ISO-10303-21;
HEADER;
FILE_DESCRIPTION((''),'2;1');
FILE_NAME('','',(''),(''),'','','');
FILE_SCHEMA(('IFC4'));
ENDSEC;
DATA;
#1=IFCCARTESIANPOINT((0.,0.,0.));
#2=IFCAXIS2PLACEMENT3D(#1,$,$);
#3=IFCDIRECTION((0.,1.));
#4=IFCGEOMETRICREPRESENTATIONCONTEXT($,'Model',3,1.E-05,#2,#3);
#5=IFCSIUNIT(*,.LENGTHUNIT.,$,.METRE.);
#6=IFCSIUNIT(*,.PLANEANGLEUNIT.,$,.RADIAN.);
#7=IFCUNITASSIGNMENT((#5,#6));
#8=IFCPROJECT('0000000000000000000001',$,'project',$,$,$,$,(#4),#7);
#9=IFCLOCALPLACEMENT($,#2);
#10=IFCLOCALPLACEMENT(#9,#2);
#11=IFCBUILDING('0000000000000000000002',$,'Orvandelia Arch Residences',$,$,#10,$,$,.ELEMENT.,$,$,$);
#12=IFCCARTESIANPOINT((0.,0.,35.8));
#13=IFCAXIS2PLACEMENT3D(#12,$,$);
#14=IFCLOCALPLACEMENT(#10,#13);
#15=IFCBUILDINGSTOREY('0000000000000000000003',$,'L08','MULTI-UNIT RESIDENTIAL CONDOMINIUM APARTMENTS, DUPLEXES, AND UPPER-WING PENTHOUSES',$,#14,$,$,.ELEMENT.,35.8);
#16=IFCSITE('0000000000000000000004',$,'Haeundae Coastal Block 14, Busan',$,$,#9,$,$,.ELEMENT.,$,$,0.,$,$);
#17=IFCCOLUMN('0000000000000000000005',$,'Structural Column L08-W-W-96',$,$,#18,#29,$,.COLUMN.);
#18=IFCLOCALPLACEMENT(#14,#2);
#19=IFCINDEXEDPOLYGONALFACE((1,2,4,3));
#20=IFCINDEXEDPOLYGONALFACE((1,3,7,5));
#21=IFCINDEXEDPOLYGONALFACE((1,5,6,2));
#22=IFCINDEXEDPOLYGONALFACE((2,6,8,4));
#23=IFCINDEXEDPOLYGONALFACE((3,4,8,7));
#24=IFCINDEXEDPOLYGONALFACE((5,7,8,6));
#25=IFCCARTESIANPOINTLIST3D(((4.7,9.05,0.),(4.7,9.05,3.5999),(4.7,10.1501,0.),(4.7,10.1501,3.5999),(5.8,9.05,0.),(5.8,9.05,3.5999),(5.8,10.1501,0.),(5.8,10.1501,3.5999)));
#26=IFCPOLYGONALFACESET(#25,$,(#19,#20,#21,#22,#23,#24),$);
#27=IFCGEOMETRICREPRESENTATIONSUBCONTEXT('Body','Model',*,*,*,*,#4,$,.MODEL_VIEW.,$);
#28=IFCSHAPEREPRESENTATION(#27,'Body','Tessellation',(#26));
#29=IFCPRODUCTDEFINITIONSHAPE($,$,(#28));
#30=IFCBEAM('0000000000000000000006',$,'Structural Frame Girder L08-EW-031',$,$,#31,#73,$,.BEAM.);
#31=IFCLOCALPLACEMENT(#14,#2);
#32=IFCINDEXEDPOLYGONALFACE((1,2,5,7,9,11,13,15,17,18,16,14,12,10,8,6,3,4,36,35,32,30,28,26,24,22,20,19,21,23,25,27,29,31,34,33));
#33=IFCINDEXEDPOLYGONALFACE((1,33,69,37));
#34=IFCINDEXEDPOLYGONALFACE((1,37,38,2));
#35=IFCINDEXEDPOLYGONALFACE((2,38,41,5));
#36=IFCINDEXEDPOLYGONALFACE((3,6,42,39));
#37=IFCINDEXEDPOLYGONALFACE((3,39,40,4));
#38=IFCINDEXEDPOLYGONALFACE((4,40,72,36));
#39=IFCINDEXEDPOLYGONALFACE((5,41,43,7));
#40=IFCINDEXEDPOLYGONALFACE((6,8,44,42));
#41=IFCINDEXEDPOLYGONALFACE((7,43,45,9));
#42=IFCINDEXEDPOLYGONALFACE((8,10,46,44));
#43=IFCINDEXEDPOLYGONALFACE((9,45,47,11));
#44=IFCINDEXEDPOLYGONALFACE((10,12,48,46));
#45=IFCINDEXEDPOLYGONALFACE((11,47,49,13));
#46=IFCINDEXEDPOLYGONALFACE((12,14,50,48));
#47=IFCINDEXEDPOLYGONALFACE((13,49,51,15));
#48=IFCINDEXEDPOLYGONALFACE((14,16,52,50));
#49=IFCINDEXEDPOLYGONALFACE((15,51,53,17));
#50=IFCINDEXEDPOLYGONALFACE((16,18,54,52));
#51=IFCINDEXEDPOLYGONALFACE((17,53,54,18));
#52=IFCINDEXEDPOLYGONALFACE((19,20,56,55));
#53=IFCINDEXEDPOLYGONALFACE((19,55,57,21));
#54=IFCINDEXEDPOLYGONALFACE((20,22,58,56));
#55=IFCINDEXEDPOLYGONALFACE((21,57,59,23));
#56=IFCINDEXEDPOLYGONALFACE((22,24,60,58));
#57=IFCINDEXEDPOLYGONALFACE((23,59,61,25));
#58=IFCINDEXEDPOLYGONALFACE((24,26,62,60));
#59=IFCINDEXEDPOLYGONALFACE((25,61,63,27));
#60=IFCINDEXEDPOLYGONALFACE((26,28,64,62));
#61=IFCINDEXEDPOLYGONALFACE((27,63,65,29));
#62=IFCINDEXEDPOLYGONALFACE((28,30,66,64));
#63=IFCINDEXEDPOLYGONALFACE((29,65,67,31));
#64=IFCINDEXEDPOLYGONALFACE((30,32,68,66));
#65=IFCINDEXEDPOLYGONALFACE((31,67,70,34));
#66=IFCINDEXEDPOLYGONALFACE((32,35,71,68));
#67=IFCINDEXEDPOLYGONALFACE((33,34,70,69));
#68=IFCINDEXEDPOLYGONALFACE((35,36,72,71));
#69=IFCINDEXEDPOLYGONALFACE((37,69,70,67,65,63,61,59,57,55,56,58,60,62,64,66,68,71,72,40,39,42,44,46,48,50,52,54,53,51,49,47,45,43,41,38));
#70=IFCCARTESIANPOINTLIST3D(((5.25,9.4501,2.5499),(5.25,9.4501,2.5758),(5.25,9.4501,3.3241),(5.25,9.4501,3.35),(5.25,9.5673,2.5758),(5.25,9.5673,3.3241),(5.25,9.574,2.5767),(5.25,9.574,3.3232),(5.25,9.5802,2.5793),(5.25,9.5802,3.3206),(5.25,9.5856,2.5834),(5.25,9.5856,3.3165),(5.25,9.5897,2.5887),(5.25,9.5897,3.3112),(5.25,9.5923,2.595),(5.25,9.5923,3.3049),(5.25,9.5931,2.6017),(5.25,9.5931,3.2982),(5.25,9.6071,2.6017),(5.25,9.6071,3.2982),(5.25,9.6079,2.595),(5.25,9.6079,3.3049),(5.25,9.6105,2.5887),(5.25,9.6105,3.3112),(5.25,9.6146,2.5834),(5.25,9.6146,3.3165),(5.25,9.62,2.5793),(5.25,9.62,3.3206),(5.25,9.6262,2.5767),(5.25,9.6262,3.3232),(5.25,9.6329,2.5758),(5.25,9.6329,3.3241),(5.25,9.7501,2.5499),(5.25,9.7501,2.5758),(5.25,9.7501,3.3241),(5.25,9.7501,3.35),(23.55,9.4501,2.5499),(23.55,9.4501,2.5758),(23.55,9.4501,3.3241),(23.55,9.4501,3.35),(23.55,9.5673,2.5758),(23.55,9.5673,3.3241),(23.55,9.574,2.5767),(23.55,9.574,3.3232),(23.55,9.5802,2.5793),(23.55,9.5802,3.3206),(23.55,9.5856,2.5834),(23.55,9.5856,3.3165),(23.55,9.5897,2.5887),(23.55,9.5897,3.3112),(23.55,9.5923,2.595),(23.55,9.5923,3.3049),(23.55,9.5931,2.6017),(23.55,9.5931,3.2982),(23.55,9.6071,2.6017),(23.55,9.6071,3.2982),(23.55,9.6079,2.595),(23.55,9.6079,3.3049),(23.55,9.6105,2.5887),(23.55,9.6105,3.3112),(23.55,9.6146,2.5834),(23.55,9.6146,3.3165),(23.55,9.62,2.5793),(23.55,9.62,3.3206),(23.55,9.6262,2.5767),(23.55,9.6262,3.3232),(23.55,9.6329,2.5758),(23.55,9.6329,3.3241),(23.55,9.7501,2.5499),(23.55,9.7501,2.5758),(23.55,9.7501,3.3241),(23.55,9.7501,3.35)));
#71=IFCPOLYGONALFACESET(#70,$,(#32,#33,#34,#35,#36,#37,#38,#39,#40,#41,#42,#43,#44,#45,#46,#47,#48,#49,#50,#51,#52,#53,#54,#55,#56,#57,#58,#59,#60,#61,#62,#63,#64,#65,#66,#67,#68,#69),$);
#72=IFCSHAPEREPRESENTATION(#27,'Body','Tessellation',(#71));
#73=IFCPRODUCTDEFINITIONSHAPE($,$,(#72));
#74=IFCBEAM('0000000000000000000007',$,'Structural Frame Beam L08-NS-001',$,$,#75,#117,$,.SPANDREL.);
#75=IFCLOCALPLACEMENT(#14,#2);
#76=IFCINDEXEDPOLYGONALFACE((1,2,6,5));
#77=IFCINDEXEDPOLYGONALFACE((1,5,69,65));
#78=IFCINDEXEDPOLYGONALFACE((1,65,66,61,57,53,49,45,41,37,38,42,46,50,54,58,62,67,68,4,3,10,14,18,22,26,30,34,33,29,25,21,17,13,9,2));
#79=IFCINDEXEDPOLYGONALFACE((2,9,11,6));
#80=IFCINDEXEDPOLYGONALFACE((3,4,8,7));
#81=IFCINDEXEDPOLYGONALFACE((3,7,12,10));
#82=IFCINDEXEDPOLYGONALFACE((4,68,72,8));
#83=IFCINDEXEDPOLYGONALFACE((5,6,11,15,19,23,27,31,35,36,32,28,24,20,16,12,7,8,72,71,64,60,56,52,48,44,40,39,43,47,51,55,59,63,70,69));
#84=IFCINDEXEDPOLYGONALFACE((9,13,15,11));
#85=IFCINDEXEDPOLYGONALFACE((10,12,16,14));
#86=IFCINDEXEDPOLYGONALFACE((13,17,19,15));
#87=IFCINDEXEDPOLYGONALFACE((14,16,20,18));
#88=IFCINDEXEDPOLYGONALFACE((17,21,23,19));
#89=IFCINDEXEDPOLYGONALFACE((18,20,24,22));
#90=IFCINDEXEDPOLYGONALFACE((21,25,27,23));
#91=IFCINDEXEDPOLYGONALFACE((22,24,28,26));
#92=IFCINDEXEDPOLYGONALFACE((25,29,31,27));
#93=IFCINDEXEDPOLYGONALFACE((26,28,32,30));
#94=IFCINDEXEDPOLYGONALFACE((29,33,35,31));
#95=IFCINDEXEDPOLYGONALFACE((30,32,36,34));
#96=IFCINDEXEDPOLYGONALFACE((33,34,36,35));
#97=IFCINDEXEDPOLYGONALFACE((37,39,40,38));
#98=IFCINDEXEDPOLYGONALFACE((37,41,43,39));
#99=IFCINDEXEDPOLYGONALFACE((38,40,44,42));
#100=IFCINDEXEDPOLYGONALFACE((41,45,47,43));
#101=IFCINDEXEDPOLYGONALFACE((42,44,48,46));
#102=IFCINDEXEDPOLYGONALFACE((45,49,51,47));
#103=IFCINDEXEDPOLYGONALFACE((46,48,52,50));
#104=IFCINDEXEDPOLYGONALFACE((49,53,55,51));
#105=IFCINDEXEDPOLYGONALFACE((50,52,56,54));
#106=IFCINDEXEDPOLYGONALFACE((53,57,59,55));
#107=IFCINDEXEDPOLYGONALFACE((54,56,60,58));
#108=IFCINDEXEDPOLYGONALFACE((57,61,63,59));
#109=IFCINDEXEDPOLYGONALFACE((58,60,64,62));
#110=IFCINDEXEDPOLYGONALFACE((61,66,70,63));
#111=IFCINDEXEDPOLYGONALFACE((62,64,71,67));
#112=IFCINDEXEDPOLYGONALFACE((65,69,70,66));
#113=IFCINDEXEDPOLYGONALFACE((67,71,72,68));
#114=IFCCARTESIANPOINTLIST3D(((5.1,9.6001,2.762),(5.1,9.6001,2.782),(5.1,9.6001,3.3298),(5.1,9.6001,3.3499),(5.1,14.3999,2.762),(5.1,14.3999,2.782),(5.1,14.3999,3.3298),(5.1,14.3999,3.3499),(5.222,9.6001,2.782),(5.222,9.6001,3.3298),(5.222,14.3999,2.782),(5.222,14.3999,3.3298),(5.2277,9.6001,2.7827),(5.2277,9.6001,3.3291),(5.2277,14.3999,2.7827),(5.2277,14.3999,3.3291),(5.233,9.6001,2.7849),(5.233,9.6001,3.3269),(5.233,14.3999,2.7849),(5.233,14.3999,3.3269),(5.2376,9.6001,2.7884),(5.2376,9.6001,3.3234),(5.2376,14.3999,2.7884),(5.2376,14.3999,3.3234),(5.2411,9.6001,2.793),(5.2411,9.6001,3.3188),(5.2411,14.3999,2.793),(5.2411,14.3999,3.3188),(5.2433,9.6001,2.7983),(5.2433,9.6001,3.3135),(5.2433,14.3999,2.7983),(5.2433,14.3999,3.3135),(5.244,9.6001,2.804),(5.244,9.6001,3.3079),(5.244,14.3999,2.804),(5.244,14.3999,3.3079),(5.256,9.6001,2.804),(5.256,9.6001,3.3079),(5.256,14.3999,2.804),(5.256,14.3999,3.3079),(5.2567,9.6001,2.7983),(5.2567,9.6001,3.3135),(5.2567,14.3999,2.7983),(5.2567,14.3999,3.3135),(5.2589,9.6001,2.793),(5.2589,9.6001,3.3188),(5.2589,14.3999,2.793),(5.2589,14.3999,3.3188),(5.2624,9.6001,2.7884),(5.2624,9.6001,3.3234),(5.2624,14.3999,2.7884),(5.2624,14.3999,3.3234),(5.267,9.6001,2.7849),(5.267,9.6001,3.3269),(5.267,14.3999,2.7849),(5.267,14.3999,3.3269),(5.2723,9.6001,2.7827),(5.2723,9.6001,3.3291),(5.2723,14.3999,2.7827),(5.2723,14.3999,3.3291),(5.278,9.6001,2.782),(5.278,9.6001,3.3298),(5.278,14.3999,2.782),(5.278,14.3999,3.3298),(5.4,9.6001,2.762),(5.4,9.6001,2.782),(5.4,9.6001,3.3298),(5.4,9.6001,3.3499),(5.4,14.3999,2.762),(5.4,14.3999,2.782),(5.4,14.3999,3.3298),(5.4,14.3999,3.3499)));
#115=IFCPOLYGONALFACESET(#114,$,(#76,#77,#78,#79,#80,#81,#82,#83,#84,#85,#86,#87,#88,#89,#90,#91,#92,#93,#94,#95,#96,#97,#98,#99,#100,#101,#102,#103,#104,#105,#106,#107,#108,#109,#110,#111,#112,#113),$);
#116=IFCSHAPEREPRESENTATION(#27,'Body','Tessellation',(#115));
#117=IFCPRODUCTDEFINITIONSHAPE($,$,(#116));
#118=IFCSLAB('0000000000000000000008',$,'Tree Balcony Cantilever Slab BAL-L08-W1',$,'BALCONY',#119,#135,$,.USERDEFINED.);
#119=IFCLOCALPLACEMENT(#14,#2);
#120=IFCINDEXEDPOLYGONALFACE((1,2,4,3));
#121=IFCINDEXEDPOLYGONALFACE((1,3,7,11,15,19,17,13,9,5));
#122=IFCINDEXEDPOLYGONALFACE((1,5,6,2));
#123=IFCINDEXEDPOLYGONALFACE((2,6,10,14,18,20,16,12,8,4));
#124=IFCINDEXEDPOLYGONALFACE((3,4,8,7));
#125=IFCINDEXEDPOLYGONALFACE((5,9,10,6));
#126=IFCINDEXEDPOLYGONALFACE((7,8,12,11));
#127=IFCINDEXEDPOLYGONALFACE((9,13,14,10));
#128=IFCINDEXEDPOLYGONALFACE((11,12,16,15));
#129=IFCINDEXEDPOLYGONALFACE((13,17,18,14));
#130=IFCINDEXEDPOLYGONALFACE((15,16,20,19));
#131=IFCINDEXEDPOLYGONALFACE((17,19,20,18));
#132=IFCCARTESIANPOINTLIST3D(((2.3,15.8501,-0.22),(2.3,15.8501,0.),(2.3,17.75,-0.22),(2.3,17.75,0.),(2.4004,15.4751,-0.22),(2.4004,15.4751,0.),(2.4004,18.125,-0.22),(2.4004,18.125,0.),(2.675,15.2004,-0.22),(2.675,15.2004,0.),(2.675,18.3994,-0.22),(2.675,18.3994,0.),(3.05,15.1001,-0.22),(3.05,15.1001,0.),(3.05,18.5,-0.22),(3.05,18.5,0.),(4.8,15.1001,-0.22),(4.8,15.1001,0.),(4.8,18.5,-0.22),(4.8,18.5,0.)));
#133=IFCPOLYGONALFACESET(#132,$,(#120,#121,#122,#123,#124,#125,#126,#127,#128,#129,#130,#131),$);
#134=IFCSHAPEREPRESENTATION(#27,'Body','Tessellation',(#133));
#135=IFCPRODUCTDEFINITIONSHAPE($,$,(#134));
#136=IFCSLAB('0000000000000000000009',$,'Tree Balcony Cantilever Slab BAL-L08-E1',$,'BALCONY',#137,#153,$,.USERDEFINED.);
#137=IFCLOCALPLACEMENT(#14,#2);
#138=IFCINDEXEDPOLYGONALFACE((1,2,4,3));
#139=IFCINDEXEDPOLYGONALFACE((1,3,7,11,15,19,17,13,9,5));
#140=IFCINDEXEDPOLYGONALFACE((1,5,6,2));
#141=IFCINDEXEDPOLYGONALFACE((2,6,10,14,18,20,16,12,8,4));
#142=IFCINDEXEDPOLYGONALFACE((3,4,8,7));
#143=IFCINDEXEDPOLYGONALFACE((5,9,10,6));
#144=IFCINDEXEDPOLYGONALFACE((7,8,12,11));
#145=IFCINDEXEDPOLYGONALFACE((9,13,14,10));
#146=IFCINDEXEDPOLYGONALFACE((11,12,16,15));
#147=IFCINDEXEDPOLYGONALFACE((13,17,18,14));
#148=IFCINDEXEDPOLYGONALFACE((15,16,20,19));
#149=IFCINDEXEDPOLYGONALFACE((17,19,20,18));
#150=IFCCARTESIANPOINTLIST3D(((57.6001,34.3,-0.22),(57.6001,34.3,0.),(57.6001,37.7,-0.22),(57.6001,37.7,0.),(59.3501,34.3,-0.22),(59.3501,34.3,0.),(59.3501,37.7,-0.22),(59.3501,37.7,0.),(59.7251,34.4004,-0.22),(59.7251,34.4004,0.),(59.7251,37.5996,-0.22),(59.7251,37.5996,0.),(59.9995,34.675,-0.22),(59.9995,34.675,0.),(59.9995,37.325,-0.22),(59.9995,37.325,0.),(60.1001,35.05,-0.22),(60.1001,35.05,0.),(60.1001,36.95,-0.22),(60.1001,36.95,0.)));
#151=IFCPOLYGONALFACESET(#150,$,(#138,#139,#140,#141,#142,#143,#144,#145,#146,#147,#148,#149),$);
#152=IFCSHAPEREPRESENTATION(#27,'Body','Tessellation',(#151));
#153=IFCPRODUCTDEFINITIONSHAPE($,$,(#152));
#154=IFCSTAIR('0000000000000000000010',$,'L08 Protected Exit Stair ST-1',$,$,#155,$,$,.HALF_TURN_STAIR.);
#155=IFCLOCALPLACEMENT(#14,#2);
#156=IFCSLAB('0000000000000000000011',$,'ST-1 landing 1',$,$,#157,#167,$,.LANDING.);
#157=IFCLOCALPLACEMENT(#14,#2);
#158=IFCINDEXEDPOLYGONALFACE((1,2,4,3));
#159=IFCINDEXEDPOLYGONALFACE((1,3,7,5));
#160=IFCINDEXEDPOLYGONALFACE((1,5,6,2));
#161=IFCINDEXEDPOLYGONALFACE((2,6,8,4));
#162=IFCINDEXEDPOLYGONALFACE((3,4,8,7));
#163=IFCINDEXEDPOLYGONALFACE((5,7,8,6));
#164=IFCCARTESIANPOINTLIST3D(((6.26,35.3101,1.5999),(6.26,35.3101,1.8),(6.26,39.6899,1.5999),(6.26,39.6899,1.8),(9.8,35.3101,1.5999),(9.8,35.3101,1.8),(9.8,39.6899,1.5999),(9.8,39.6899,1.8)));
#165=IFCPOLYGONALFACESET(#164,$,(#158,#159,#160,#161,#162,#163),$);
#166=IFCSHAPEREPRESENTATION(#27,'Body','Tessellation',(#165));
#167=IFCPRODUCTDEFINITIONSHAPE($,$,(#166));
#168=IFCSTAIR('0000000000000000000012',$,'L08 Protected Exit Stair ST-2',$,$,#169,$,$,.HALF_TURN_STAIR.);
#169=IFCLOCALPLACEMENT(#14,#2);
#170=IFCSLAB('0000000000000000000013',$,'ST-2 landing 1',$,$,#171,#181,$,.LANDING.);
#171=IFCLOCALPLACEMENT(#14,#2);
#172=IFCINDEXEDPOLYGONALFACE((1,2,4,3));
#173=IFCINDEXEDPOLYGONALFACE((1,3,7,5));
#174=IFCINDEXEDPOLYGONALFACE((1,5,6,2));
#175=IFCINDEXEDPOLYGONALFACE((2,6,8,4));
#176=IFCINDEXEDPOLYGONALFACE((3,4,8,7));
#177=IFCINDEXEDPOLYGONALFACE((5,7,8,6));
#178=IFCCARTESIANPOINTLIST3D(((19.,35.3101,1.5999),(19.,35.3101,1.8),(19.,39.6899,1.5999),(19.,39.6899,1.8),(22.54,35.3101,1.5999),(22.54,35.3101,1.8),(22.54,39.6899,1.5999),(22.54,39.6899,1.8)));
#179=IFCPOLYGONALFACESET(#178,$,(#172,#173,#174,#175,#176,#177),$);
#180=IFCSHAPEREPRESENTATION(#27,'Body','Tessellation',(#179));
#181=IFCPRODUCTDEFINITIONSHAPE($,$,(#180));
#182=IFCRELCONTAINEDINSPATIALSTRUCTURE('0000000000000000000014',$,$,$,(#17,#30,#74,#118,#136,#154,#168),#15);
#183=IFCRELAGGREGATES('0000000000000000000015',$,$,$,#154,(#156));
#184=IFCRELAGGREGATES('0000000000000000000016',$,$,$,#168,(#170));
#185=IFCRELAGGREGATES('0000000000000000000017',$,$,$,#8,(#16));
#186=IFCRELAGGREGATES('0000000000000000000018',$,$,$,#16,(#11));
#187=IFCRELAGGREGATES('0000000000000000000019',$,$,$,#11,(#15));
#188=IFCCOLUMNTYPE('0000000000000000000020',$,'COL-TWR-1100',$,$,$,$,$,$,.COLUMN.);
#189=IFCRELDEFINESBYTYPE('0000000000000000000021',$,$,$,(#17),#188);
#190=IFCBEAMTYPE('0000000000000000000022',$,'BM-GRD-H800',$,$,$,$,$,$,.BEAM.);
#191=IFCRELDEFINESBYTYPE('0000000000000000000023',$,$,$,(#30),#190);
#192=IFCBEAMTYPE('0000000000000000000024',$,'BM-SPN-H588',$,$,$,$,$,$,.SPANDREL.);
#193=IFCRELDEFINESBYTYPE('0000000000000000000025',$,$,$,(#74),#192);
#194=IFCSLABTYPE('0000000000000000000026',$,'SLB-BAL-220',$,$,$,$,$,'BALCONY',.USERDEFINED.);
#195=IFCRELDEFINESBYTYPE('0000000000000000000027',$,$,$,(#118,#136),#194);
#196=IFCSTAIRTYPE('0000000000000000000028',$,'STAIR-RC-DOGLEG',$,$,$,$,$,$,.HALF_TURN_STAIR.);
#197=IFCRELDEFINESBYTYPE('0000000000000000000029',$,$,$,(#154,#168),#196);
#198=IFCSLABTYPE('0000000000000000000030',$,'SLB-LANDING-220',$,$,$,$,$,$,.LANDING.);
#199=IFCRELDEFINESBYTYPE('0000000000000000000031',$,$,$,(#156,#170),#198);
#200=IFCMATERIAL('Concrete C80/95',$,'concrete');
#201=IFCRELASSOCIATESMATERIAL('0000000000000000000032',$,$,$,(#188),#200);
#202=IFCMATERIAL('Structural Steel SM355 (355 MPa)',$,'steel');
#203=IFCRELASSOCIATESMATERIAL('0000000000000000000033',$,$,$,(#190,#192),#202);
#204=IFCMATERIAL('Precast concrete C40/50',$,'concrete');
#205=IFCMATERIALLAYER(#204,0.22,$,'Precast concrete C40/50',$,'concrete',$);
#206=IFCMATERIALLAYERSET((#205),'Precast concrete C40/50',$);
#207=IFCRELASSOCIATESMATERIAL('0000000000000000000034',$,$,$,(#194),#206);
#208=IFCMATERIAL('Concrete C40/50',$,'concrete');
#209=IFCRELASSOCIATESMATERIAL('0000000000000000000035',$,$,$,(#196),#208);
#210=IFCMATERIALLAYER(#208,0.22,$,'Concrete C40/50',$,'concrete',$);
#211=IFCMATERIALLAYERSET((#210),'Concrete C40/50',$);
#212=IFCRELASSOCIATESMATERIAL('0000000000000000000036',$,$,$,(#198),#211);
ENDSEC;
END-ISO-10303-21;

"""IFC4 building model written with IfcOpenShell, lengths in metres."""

from ifc_helpers import new_model, si_unit, direction, frame, origin, origin_2d, place, context, subcontext, project, spatial, polyline, rectangle, i_section, outline, extrude, material, layer, layer_set, material_profile, profile_set, type_object, element, aggregate, save


model = new_model("IFC4")

# Units and contexts
model_context = context("Model", 3, precision=1e-05, world=origin(), true_north=direction((0.0, 1.0)))
body_context = subcontext(model_context, "Body", "Model", "MODEL_VIEW")
ifc_project = project(units=[si_unit("LENGTHUNIT", "METRE"), si_unit("PLANEANGLEUNIT", "RADIAN")], contexts=[model_context])

# Site, building, storey
site_placement = place(None, origin())
site = spatial("IfcSite", under=ifc_project, at=site_placement, Name="Haeundae Coastal Block 14, Busan", CompositionType="ELEMENT", RefElevation=0.0)
building_placement = place(site_placement, origin())
building = spatial("IfcBuilding", under=site, at=building_placement, Name="Orvandelia Arch Residences", CompositionType="ELEMENT")
storey_placement = place(building_placement, frame((0.0, 0.0, 35.8)))
storey = spatial("IfcBuildingStorey", under=building, at=storey_placement, Name="L08", Description="MULTI-UNIT RESIDENTIAL CONDOMINIUM APARTMENTS, DUPLEXES, AND UPPER-WING PENTHOUSES", CompositionType="ELEMENT", Elevation=35.8)

# Column
ifc_material_1 = material(Name="Concrete C80/95", Category="concrete")
ifc_material_profile_1 = material_profile(ifc_material_1, rectangle(XDim=1.1001, YDim=1.1001, at=origin_2d()), Name="Concrete C80/95", Category="concrete")
ifc_profile_set_1 = profile_set([ifc_material_profile_1], Name="Concrete C80/95")
column_type = type_object("IfcColumnType", Name="COL-TWR-1100", PredefinedType="COLUMN", material=ifc_profile_set_1)
column_placement = place(storey_placement, frame((5.25, 9.6001, 0.0), z_axis=(0.0, 0.0, 1.0), x_axis=(1.0, 0.0, 0.0)))
element("IfcColumn", 1, at=column_placement, inside=storey, type_object=column_type, Name="Structural Column L08-W-W-96", PredefinedType="COLUMN", context=body_context, shape_type="SweptSolid", body=[
    extrude(rectangle(XDim=1.1001, YDim=1.1001, at=origin_2d()), origin(), (0.0, 0.0, 1.0), 3.5999),
])

# Beams
ifc_material_2 = material(Name="Structural Steel SM355 (355 MPa)", Category="steel")
ifc_material_profile_2 = material_profile(ifc_material_2, i_section(OverallWidth=0.3, OverallDepth=0.8, WebThickness=0.0139, FlangeThickness=0.0259, FilletRadius=0.0259, at=origin_2d()), Name="Structural Steel SM355 (355 MPa)", Category="steel")
ifc_profile_set_2 = profile_set([ifc_material_profile_2], Name="Structural Steel SM355 (355 MPa)")
beam_type_1 = type_object("IfcBeamType", Name="BM-GRD-H800", PredefinedType="BEAM", material=ifc_profile_set_2)
beam_1_placement = place(storey_placement, frame((5.25, 9.6001, 2.95), z_axis=(1.0, 0.0, 0.0), x_axis=(0.0, 1.0, 0.0)))
element("IfcBeam", 2, at=beam_1_placement, inside=storey, type_object=beam_type_1, Name="Structural Frame Girder L08-EW-031", PredefinedType="BEAM", context=body_context, shape_type="SweptSolid", body=[
    extrude(i_section(OverallWidth=0.3, OverallDepth=0.8, WebThickness=0.0139, FlangeThickness=0.0259, FilletRadius=0.0259, at=origin_2d()), origin(), (0.0, 0.0, 1.0), 18.3),
])
ifc_material_profile_3 = material_profile(ifc_material_2, i_section(OverallWidth=0.3, OverallDepth=0.5879, WebThickness=0.012, FlangeThickness=0.02, FilletRadius=0.022, at=origin_2d()), Name="Structural Steel SM355 (355 MPa)", Category="steel")
ifc_profile_set_3 = profile_set([ifc_material_profile_3], Name="Structural Steel SM355 (355 MPa)")
beam_type_2 = type_object("IfcBeamType", Name="BM-SPN-H588", PredefinedType="SPANDREL", material=ifc_profile_set_3)
beam_2_placement = place(storey_placement, frame((5.25, 9.6001, 3.0559), z_axis=(0.0, 1.0, 0.0), x_axis=(-1.0, 0.0, 0.0)))
element("IfcBeam", 3, at=beam_2_placement, inside=storey, type_object=beam_type_2, Name="Structural Frame Beam L08-NS-001", PredefinedType="SPANDREL", context=body_context, shape_type="SweptSolid", body=[
    extrude(i_section(OverallWidth=0.3, OverallDepth=0.5879, WebThickness=0.012, FlangeThickness=0.02, FilletRadius=0.022, at=origin_2d()), origin(), (0.0, 0.0, 1.0), 4.7998),
])

# Slabs
ifc_material_3 = material(Name="Precast concrete C40/50", Category="concrete")
ifc_layer_1 = layer(ifc_material_3, 0.22, Name="Precast concrete C40/50", Category="concrete")
ifc_layer_set_1 = layer_set([ifc_layer_1], Name="Precast concrete C40/50")
slab_type_1 = type_object("IfcSlabType", Name="SLB-BAL-220", ElementType="BALCONY", PredefinedType="USERDEFINED", material=ifc_layer_set_1)
slab_1_placement = place(storey_placement, frame((0.0, 0.0, -0.22)))
element("IfcSlab", 4, at=slab_1_placement, inside=storey, type_object=slab_type_1, Name="Tree Balcony Cantilever Slab BAL-L08-W1", ObjectType="BALCONY", PredefinedType="USERDEFINED", context=body_context, shape_type="SweptSolid", body=[
    extrude(outline(polyline([(4.8, 15.1001), (4.8, 18.5), (3.05, 18.5), (2.675, 18.3994), (2.4004, 18.125), (2.3, 17.75), (2.3, 15.8501), (2.4004, 15.4751), (2.675, 15.2004), (3.05, 15.1001), (4.8, 15.1001)])), origin(), (0.0, 0.0, 1.0), 0.22),
])
slab_2_placement = place(storey_placement, frame((0.0, 0.0, -0.22)))
element("IfcSlab", 5, at=slab_2_placement, inside=storey, type_object=slab_type_1, Name="Tree Balcony Cantilever Slab BAL-L08-E1", ObjectType="BALCONY", PredefinedType="USERDEFINED", context=body_context, shape_type="SweptSolid", body=[
    extrude(outline(polyline([(57.6001, 37.7), (57.6001, 34.3), (59.3501, 34.3), (59.7251, 34.4004), (59.9995, 34.675), (60.1001, 35.05), (60.1001, 36.95), (59.9995, 37.325), (59.7251, 37.5996), (59.3501, 37.7), (57.6001, 37.7)])), origin(), (0.0, 0.0, 1.0), 0.22),
])

# Stairs, slabs
ifc_material_4 = material(Name="Concrete C40/50", Category="concrete")
stair_type = type_object("IfcStairType", Name="STAIR-RC-DOGLEG", PredefinedType="HALF_TURN_STAIR", material=ifc_material_4)
stair_1_placement = place(storey_placement, origin())
stair_1 = element("IfcStair", 6, at=stair_1_placement, inside=storey, type_object=stair_type, Name="L08 Protected Exit Stair ST-1", PredefinedType="HALF_TURN_STAIR")
ifc_layer_2 = layer(ifc_material_4, 0.22, Name="Concrete C40/50", Category="concrete")
ifc_layer_set_2 = layer_set([ifc_layer_2], Name="Concrete C40/50")
slab_type_2 = type_object("IfcSlabType", Name="SLB-LANDING-220", PredefinedType="LANDING", material=ifc_layer_set_2)
slab_3_placement = place(storey_placement, frame((0.0, 0.0, 1.5999)))
slab_3 = element("IfcSlab", 7, at=slab_3_placement, type_object=slab_type_2, Name="ST-1 landing 1", PredefinedType="LANDING", context=body_context, shape_type="SweptSolid", body=[
    extrude(outline(polyline([(9.8, 35.3101), (9.8, 39.6899), (6.26, 39.6899), (6.26, 35.3101), (9.8, 35.3101)])), origin(), (0.0, 0.0, 1.0), 0.2002),
])
aggregate(stair_1, [slab_3])
stair_2_placement = place(storey_placement, origin())
stair_2 = element("IfcStair", 8, at=stair_2_placement, inside=storey, type_object=stair_type, Name="L08 Protected Exit Stair ST-2", PredefinedType="HALF_TURN_STAIR")
slab_4_placement = place(storey_placement, frame((0.0, 0.0, 1.5999)))
slab_4 = element("IfcSlab", 9, at=slab_4_placement, type_object=slab_type_2, Name="ST-2 landing 1", PredefinedType="LANDING", context=body_context, shape_type="SweptSolid", body=[
    extrude(outline(polyline([(22.54, 35.3101), (22.54, 39.6899), (19.0, 39.6899), (19.0, 35.3101), (22.54, 35.3101)])), origin(), (0.0, 0.0, 1.0), 0.2002),
])
aggregate(stair_2, [slab_4])

save(model, "model.ifc")
